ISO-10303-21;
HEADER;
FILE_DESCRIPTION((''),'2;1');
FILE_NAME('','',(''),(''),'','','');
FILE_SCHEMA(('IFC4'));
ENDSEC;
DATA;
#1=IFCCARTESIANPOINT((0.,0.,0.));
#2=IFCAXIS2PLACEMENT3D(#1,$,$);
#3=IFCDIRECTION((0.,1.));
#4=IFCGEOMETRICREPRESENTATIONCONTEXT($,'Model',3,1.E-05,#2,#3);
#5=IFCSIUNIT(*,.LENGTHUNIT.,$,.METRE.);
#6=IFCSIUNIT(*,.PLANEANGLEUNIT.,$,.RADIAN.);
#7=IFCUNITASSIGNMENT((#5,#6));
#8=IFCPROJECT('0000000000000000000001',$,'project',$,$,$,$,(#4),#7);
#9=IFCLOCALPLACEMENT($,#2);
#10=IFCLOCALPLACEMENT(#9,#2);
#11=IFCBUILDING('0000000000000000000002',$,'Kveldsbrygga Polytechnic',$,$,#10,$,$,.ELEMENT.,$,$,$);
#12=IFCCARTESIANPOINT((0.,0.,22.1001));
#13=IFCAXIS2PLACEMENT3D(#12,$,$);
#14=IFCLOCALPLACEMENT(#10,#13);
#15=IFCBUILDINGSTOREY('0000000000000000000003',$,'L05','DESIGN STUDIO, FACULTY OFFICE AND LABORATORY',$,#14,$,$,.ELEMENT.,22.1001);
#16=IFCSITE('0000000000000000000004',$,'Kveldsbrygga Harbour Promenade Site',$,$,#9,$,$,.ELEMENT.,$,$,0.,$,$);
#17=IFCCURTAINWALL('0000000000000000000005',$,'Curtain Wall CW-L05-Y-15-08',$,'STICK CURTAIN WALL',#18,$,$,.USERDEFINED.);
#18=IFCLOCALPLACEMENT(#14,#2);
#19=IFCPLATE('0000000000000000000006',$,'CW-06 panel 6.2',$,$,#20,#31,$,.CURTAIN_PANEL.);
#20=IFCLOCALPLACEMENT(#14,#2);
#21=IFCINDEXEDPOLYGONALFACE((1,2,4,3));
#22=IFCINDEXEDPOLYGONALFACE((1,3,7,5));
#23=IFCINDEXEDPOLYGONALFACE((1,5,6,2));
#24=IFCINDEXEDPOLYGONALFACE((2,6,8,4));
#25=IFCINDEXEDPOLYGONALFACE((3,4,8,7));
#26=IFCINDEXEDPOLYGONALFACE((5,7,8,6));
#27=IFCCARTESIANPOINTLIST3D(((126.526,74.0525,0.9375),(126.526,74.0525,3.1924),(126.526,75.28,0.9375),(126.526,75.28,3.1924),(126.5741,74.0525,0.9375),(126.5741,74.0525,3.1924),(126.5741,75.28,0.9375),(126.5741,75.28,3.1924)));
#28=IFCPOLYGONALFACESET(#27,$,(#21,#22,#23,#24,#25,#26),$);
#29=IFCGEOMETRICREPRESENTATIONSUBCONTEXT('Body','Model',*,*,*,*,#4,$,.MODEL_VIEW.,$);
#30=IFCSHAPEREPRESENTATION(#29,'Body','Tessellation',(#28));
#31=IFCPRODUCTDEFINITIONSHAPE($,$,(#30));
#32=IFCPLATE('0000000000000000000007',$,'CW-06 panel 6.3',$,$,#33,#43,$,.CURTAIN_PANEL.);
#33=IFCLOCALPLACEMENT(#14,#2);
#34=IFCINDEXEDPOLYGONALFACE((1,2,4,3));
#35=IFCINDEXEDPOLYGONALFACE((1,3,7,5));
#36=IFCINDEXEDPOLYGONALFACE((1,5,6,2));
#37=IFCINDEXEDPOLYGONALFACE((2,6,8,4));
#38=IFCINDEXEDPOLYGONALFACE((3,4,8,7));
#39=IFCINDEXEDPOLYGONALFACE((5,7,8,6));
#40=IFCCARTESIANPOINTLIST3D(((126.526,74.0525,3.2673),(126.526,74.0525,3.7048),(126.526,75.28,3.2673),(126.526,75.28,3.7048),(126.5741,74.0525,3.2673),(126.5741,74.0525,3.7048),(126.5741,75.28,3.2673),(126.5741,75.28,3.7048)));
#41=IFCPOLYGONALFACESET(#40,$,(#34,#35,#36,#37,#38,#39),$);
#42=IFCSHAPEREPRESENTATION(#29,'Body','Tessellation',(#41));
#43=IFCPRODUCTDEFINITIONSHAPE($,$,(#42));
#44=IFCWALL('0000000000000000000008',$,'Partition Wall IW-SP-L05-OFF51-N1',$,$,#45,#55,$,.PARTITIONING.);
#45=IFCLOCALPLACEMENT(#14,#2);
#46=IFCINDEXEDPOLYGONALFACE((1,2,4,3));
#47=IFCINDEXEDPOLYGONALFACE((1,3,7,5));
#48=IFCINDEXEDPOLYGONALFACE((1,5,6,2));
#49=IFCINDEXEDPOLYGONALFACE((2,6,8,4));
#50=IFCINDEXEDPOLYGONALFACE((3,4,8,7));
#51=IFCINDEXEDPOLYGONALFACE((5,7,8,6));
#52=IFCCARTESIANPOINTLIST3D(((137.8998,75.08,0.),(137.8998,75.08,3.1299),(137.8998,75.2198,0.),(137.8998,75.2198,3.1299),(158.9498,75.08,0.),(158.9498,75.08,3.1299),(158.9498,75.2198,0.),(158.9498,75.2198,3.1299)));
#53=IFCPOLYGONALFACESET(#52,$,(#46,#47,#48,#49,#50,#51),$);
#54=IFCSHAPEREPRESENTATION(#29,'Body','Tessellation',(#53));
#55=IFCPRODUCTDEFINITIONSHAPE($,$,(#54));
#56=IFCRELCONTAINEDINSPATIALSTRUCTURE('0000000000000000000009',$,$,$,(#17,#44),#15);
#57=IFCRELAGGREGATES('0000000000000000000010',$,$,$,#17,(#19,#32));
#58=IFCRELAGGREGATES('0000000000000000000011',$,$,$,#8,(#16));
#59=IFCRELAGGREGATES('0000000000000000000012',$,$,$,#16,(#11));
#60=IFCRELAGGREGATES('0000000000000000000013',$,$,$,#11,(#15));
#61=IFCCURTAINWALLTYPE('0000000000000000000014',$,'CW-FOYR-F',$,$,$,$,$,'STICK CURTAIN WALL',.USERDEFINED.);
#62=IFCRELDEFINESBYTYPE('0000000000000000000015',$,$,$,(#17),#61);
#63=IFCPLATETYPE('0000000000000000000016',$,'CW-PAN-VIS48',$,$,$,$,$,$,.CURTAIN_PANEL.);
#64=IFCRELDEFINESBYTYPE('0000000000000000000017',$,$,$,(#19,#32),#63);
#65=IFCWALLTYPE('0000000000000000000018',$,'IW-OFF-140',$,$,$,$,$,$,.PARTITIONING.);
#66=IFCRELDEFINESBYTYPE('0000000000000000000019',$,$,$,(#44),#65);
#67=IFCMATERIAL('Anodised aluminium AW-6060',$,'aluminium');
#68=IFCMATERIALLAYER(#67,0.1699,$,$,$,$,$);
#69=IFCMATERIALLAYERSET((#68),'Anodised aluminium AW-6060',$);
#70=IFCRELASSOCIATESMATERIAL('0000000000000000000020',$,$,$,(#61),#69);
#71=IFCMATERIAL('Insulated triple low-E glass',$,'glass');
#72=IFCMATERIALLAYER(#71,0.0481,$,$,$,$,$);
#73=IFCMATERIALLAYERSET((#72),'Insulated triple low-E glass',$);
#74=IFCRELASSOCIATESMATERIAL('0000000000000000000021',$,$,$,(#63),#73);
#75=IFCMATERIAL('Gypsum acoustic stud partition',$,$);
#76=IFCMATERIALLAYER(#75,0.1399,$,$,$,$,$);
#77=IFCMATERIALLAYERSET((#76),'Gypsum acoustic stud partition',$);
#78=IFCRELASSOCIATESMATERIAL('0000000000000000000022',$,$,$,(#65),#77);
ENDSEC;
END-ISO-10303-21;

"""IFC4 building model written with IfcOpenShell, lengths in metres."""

from ifc_helpers import new_model, si_unit, direction, frame, frame_2d, origin, origin_2d, place, context, subcontext, project, spatial, rectangle, extrude, material, layer, layer_set, type_object, element, aggregate, save


model = new_model("IFC4")

# Units and contexts
model_context = context("Model", 3, precision=1e-05, world=origin(), true_north=direction((0.0, 1.0)))
body_context = subcontext(model_context, "Body", "Model", "MODEL_VIEW")
ifc_project = project(units=[si_unit("LENGTHUNIT", "METRE"), si_unit("PLANEANGLEUNIT", "RADIAN")], contexts=[model_context])

# Site, building, storey
site_placement = place(None, origin())
site = spatial("IfcSite", under=ifc_project, at=site_placement, Name="Kveldsbrygga Harbour Promenade Site", CompositionType="ELEMENT", RefElevation=0.0)
building_placement = place(site_placement, origin())
building = spatial("IfcBuilding", under=site, at=building_placement, Name="Kveldsbrygga Polytechnic", CompositionType="ELEMENT")
storey_placement = place(building_placement, frame((0.0, 0.0, 22.1001)))
storey = spatial("IfcBuildingStorey", under=building, at=storey_placement, Name="L05", Description="DESIGN STUDIO, FACULTY OFFICE AND LABORATORY", CompositionType="ELEMENT", Elevation=22.1001)

# Curtain wall
ifc_material_1 = material(Name="Anodised aluminium AW-6060", Category="aluminium")
ifc_layer_1 = layer(ifc_material_1, 0.1699)
ifc_layer_set_1 = layer_set([ifc_layer_1], Name="Anodised aluminium AW-6060")
curtain_wall_type_1 = type_object("IfcCurtainWallType", Name="CW-FOYR-F", ElementType="STICK CURTAIN WALL", PredefinedType="USERDEFINED", material=ifc_layer_set_1)
curtain_wall_1_placement = place(storey_placement, origin())
curtain_wall_1 = element("IfcCurtainWall", 1, at=curtain_wall_1_placement, inside=storey, type_object=curtain_wall_type_1, Name="Curtain Wall CW-L05-Y-15-08", ObjectType="STICK CURTAIN WALL", PredefinedType="USERDEFINED")

# Plates
ifc_material_2 = material(Name="Insulated triple low-E glass", Category="glass")
ifc_layer_2 = layer(ifc_material_2, 0.0481)
ifc_layer_set_2 = layer_set([ifc_layer_2], Name="Insulated triple low-E glass")
plate_type_1 = type_object("IfcPlateType", Name="CW-PAN-VIS48", PredefinedType="CURTAIN_PANEL", material=ifc_layer_set_2)
plate_1_placement = place(storey_placement, frame((126.55, 74.6663, 0.9375), z_axis=(0.0, 0.0, 1.0), x_axis=(0.0, 1.0, 0.0)))
plate_1 = element("IfcPlate", 2, at=plate_1_placement, type_object=plate_type_1, Name="CW-06 panel 6.2", PredefinedType="CURTAIN_PANEL", context=body_context, shape_type="SweptSolid", body=[
    extrude(rectangle(XDim=1.2275, YDim=0.0481, at=origin_2d()), origin(), (0.0, 0.0, 1.0), 2.2549),
])
plate_2_placement = place(storey_placement, frame((126.55, 74.6663, 3.2673), z_axis=(0.0, 0.0, 1.0), x_axis=(0.0, 1.0, 0.0)))
plate_2 = element("IfcPlate", 3, at=plate_2_placement, type_object=plate_type_1, Name="CW-06 panel 6.3", PredefinedType="CURTAIN_PANEL", context=body_context, shape_type="SweptSolid", body=[
    extrude(rectangle(XDim=1.2275, YDim=0.0481, at=origin_2d()), origin(), (0.0, 0.0, 1.0), 0.4375),
])
aggregate(curtain_wall_1, [plate_1, plate_2])

# Wall
ifc_material_3 = material(Name="Gypsum acoustic stud partition")
ifc_layer_3 = layer(ifc_material_3, 0.1399)
ifc_layer_set_3 = layer_set([ifc_layer_3], Name="Gypsum acoustic stud partition")
wall_type = type_object("IfcWallType", Name="IW-OFF-140", PredefinedType="PARTITIONING", material=ifc_layer_set_3)
wall_placement = place(storey_placement, frame((137.8999, 75.1499, 0.0), z_axis=(0.0, 0.0, 1.0), x_axis=(1.0, 0.0, 0.0)))
element("IfcWall", 4, at=wall_placement, inside=storey, type_object=wall_type, Name="Partition Wall IW-SP-L05-OFF51-N1", PredefinedType="PARTITIONING", context=body_context, shape_type="SweptSolid", body=[
    extrude(rectangle(XDim=21.05, YDim=0.1399, at=frame_2d((10.5249, 0.0))), origin(), (0.0, 0.0, 1.0), 3.1299),
])

save(model, "model.ifc")
